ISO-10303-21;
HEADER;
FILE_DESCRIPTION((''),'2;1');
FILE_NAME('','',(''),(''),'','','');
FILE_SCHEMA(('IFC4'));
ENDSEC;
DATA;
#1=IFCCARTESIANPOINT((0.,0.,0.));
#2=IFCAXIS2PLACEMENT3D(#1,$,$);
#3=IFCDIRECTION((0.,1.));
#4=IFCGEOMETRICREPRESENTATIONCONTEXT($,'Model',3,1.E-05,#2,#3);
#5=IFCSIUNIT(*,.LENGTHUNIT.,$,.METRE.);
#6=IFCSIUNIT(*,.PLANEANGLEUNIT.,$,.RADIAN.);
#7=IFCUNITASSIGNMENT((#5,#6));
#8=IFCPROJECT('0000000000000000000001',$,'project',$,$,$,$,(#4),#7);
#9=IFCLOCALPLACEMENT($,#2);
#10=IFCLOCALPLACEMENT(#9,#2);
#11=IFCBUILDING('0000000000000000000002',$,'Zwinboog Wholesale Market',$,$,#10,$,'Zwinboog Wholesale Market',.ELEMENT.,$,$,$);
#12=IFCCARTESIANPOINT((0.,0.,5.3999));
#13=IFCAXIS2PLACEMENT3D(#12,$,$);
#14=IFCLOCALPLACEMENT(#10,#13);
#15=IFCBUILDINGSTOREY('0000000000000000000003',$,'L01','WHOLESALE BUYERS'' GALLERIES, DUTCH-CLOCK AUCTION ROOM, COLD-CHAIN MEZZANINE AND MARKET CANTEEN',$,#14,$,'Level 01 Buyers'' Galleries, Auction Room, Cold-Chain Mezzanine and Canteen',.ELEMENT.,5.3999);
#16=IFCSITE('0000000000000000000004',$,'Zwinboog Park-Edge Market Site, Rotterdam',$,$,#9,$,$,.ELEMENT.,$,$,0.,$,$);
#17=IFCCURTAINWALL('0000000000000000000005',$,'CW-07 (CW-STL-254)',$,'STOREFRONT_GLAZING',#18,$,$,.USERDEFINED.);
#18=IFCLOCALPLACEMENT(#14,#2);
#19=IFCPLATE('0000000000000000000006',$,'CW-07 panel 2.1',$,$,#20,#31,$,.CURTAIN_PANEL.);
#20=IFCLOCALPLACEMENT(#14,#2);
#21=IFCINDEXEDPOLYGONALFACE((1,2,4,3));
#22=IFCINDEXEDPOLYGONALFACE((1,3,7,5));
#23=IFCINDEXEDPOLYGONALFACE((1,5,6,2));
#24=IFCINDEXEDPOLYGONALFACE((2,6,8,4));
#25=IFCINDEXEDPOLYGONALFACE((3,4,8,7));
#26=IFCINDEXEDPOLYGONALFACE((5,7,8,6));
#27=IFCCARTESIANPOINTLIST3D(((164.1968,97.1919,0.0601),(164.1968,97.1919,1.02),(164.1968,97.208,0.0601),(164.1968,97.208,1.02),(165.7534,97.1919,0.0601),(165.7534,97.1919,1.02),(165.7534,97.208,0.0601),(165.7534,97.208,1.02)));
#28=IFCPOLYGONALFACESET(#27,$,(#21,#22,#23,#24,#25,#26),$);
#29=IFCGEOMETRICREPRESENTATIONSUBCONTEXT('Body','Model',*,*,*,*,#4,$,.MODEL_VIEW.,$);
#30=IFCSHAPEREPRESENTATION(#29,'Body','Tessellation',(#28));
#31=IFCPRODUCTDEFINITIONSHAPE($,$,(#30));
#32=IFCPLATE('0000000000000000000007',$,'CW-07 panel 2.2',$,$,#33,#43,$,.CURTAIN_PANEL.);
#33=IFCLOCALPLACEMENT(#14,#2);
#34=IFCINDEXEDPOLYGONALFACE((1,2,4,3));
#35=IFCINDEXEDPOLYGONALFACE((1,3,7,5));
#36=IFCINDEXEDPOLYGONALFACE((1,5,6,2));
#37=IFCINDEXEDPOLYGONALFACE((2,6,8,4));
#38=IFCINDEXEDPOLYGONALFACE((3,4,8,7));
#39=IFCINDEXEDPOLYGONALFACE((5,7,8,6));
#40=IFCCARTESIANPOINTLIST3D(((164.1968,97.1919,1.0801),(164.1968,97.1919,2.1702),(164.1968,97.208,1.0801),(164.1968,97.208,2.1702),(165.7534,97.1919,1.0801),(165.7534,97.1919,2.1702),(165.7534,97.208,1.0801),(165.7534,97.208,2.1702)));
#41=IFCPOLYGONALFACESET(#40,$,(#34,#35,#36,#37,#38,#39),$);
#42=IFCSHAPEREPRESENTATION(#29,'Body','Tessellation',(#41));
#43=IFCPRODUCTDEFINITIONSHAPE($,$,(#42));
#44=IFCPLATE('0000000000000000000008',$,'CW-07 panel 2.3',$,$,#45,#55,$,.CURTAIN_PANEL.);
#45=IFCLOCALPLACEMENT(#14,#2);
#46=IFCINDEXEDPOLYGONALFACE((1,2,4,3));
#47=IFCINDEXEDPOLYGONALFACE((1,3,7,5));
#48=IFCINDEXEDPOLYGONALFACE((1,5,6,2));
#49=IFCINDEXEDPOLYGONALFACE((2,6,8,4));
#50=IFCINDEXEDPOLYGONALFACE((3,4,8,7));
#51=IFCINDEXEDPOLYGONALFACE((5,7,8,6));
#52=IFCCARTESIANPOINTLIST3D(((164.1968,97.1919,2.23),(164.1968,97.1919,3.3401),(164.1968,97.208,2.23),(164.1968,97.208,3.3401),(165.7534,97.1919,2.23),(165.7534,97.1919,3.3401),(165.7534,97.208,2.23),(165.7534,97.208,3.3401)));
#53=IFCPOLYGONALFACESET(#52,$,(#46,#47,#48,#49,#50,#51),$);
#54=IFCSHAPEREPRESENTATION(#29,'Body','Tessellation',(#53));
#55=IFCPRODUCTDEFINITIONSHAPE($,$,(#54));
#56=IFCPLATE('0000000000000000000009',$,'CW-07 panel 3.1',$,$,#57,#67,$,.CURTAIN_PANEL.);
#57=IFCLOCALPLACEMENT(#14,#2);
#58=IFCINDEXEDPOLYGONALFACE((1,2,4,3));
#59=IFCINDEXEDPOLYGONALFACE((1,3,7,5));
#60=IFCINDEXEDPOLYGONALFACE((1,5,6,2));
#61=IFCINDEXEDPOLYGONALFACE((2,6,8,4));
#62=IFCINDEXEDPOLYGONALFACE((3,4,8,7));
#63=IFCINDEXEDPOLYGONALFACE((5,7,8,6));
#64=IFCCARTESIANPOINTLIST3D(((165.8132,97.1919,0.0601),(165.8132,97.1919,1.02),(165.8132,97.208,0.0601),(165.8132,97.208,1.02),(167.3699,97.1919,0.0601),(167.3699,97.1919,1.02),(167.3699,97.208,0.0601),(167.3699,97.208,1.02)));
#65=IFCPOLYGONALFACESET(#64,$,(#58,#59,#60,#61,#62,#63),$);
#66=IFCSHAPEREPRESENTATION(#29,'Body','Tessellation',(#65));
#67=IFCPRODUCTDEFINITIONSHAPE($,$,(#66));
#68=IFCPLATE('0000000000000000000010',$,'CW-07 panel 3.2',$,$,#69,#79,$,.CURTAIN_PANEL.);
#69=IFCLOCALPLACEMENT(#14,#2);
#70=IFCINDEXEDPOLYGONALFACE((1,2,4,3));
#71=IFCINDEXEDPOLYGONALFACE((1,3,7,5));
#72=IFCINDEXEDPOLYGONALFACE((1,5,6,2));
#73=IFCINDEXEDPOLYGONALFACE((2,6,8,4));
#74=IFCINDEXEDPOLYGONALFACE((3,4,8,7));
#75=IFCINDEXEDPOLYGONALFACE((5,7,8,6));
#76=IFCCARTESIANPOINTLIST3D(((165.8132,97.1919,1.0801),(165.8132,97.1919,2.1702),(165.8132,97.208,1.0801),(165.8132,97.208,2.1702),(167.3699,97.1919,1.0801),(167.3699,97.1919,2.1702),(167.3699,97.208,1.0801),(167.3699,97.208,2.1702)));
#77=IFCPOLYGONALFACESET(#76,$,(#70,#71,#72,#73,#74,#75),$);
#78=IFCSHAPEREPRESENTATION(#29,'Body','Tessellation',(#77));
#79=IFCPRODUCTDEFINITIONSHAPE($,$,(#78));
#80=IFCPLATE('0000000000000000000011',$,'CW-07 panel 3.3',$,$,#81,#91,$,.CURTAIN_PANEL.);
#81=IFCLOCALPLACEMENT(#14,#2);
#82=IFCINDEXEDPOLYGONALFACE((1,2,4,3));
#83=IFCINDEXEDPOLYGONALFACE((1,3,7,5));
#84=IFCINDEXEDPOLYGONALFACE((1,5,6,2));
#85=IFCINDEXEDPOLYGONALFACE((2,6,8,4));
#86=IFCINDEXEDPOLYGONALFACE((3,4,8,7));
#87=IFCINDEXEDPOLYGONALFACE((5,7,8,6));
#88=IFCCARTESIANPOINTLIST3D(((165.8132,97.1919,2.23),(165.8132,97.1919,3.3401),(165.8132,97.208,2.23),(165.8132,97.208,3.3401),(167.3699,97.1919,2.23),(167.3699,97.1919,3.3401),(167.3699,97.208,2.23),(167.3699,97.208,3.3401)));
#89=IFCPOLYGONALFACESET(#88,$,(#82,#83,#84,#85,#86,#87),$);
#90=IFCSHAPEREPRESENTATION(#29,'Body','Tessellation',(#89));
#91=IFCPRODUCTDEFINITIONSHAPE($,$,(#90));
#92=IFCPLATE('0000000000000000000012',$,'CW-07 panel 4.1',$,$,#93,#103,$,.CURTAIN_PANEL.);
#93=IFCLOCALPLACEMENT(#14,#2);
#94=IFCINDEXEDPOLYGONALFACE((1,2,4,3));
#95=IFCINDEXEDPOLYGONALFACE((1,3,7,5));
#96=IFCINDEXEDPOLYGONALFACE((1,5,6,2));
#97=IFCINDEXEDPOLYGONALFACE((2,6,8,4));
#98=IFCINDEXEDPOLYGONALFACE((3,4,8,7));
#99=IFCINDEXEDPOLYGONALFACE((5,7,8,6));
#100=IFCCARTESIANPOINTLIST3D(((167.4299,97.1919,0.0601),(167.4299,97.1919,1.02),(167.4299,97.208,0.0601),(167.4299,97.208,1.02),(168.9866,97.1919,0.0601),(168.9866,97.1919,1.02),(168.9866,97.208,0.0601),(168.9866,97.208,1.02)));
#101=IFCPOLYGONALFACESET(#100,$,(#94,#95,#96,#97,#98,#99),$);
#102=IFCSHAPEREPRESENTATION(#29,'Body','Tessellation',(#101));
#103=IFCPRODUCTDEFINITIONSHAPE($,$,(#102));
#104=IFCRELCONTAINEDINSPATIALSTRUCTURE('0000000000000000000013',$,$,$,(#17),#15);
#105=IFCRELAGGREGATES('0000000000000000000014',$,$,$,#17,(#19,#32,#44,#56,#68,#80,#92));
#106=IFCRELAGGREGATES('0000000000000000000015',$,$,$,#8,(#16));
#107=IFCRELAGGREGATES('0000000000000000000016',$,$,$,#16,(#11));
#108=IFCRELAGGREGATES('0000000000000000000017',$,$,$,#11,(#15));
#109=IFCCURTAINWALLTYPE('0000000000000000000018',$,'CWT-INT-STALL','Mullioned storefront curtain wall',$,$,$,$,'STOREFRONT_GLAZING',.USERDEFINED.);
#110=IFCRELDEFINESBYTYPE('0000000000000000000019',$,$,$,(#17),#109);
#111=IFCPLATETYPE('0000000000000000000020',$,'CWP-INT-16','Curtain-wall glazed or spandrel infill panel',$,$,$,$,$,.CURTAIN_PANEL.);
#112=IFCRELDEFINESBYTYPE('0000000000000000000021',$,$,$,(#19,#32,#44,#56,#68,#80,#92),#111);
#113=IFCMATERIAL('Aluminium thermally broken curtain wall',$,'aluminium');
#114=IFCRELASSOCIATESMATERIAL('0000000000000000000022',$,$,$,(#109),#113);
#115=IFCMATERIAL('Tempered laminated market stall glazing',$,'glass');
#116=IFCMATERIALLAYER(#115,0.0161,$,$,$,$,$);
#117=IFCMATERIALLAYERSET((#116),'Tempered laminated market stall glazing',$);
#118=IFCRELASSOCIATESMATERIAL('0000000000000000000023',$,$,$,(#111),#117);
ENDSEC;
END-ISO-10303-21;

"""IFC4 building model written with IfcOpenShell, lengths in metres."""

from ifc_helpers import new_model, si_unit, direction, frame, origin, origin_2d, place, context, subcontext, project, spatial, rectangle, extrude, material, layer, layer_set, type_object, element, aggregate, save


model = new_model("IFC4")

# Units and contexts
model_context = context("Model", 3, precision=1e-05, world=origin(), true_north=direction((0.0, 1.0)))
body_context = subcontext(model_context, "Body", "Model", "MODEL_VIEW")
ifc_project = project(units=[si_unit("LENGTHUNIT", "METRE"), si_unit("PLANEANGLEUNIT", "RADIAN")], contexts=[model_context])

# Site, building, storey
site_placement = place(None, origin())
site = spatial("IfcSite", under=ifc_project, at=site_placement, Name="Zwinboog Park-Edge Market Site, Rotterdam", CompositionType="ELEMENT", RefElevation=0.0)
building_placement = place(site_placement, origin())
building = spatial("IfcBuilding", under=site, at=building_placement, Name="Zwinboog Wholesale Market", LongName="Zwinboog Wholesale Market", CompositionType="ELEMENT")
storey_placement = place(building_placement, frame((0.0, 0.0, 5.3999)))
storey = spatial("IfcBuildingStorey", under=building, at=storey_placement, Name="L01", Description="WHOLESALE BUYERS' GALLERIES, DUTCH-CLOCK AUCTION ROOM, COLD-CHAIN MEZZANINE AND MARKET CANTEEN", LongName="Level 01 Buyers' Galleries, Auction Room, Cold-Chain Mezzanine and Canteen", CompositionType="ELEMENT", Elevation=5.3999)

# Curtain wall, plates
ifc_material_1 = material(Name="Aluminium thermally broken curtain wall", Category="aluminium")
curtain_wall_type = type_object("IfcCurtainWallType", Name="CWT-INT-STALL", Description="Mullioned storefront curtain wall", ElementType="STOREFRONT_GLAZING", PredefinedType="USERDEFINED", material=ifc_material_1)
curtain_wall_placement = place(storey_placement, origin())
curtain_wall = element("IfcCurtainWall", 1, at=curtain_wall_placement, inside=storey, type_object=curtain_wall_type, Name="CW-07 (CW-STL-254)", ObjectType="STOREFRONT_GLAZING", PredefinedType="USERDEFINED")
ifc_material_2 = material(Name="Tempered laminated market stall glazing", Category="glass")
ifc_layer = layer(ifc_material_2, 0.0161)
ifc_layer_set = layer_set([ifc_layer], Name="Tempered laminated market stall glazing")
plate_type = type_object("IfcPlateType", Name="CWP-INT-16", Description="Curtain-wall glazed or spandrel infill panel", PredefinedType="CURTAIN_PANEL", material=ifc_layer_set)
plate_1_placement = place(storey_placement, frame((164.9751, 97.2, 0.0601), z_axis=(0.0, 0.0, 1.0), x_axis=(1.0, 0.0, 0.0)))
plate_1 = element("IfcPlate", 2, at=plate_1_placement, type_object=plate_type, Name="CW-07 panel 2.1", PredefinedType="CURTAIN_PANEL", context=body_context, shape_type="SweptSolid", body=[
    extrude(rectangle(XDim=1.5566, YDim=0.0161, at=origin_2d()), origin(), (0.0, 0.0, 1.0), 0.96),
])
plate_2_placement = place(storey_placement, frame((164.9751, 97.2, 1.0801), z_axis=(0.0, 0.0, 1.0), x_axis=(1.0, 0.0, 0.0)))
plate_2 = element("IfcPlate", 3, at=plate_2_placement, type_object=plate_type, Name="CW-07 panel 2.2", PredefinedType="CURTAIN_PANEL", context=body_context, shape_type="SweptSolid", body=[
    extrude(rectangle(XDim=1.5566, YDim=0.0161, at=origin_2d()), origin(), (0.0, 0.0, 1.0), 1.0901),
])
plate_3_placement = place(storey_placement, frame((164.9751, 97.2, 2.23), z_axis=(0.0, 0.0, 1.0), x_axis=(1.0, 0.0, 0.0)))
plate_3 = element("IfcPlate", 4, at=plate_3_placement, type_object=plate_type, Name="CW-07 panel 2.3", PredefinedType="CURTAIN_PANEL", context=body_context, shape_type="SweptSolid", body=[
    extrude(rectangle(XDim=1.5566, YDim=0.0161, at=origin_2d()), origin(), (0.0, 0.0, 1.0), 1.1101),
])
plate_4_placement = place(storey_placement, frame((166.5916, 97.2, 0.0601), z_axis=(0.0, 0.0, 1.0), x_axis=(1.0, 0.0, 0.0)))
plate_4 = element("IfcPlate", 5, at=plate_4_placement, type_object=plate_type, Name="CW-07 panel 3.1", PredefinedType="CURTAIN_PANEL", context=body_context, shape_type="SweptSolid", body=[
    extrude(rectangle(XDim=1.5566, YDim=0.0161, at=origin_2d()), origin(), (0.0, 0.0, 1.0), 0.96),
])
plate_5_placement = place(storey_placement, frame((166.5916, 97.2, 1.0801), z_axis=(0.0, 0.0, 1.0), x_axis=(1.0, 0.0, 0.0)))
plate_5 = element("IfcPlate", 6, at=plate_5_placement, type_object=plate_type, Name="CW-07 panel 3.2", PredefinedType="CURTAIN_PANEL", context=body_context, shape_type="SweptSolid", body=[
    extrude(rectangle(XDim=1.5566, YDim=0.0161, at=origin_2d()), origin(), (0.0, 0.0, 1.0), 1.0901),
])
plate_6_placement = place(storey_placement, frame((166.5916, 97.2, 2.23), z_axis=(0.0, 0.0, 1.0), x_axis=(1.0, 0.0, 0.0)))
plate_6 = element("IfcPlate", 7, at=plate_6_placement, type_object=plate_type, Name="CW-07 panel 3.3", PredefinedType="CURTAIN_PANEL", context=body_context, shape_type="SweptSolid", body=[
    extrude(rectangle(XDim=1.5566, YDim=0.0161, at=origin_2d()), origin(), (0.0, 0.0, 1.0), 1.1101),
])
plate_7_placement = place(storey_placement, frame((168.2083, 97.2, 0.0601), z_axis=(0.0, 0.0, 1.0), x_axis=(1.0, 0.0, 0.0)))
plate_7 = element("IfcPlate", 8, at=plate_7_placement, type_object=plate_type, Name="CW-07 panel 4.1", PredefinedType="CURTAIN_PANEL", context=body_context, shape_type="SweptSolid", body=[
    extrude(rectangle(XDim=1.5566, YDim=0.0161, at=origin_2d()), origin(), (0.0, 0.0, 1.0), 0.96),
])
aggregate(curtain_wall, [plate_1, plate_2, plate_3, plate_4, plate_5, plate_6, plate_7])

save(model, "model.ifc")
